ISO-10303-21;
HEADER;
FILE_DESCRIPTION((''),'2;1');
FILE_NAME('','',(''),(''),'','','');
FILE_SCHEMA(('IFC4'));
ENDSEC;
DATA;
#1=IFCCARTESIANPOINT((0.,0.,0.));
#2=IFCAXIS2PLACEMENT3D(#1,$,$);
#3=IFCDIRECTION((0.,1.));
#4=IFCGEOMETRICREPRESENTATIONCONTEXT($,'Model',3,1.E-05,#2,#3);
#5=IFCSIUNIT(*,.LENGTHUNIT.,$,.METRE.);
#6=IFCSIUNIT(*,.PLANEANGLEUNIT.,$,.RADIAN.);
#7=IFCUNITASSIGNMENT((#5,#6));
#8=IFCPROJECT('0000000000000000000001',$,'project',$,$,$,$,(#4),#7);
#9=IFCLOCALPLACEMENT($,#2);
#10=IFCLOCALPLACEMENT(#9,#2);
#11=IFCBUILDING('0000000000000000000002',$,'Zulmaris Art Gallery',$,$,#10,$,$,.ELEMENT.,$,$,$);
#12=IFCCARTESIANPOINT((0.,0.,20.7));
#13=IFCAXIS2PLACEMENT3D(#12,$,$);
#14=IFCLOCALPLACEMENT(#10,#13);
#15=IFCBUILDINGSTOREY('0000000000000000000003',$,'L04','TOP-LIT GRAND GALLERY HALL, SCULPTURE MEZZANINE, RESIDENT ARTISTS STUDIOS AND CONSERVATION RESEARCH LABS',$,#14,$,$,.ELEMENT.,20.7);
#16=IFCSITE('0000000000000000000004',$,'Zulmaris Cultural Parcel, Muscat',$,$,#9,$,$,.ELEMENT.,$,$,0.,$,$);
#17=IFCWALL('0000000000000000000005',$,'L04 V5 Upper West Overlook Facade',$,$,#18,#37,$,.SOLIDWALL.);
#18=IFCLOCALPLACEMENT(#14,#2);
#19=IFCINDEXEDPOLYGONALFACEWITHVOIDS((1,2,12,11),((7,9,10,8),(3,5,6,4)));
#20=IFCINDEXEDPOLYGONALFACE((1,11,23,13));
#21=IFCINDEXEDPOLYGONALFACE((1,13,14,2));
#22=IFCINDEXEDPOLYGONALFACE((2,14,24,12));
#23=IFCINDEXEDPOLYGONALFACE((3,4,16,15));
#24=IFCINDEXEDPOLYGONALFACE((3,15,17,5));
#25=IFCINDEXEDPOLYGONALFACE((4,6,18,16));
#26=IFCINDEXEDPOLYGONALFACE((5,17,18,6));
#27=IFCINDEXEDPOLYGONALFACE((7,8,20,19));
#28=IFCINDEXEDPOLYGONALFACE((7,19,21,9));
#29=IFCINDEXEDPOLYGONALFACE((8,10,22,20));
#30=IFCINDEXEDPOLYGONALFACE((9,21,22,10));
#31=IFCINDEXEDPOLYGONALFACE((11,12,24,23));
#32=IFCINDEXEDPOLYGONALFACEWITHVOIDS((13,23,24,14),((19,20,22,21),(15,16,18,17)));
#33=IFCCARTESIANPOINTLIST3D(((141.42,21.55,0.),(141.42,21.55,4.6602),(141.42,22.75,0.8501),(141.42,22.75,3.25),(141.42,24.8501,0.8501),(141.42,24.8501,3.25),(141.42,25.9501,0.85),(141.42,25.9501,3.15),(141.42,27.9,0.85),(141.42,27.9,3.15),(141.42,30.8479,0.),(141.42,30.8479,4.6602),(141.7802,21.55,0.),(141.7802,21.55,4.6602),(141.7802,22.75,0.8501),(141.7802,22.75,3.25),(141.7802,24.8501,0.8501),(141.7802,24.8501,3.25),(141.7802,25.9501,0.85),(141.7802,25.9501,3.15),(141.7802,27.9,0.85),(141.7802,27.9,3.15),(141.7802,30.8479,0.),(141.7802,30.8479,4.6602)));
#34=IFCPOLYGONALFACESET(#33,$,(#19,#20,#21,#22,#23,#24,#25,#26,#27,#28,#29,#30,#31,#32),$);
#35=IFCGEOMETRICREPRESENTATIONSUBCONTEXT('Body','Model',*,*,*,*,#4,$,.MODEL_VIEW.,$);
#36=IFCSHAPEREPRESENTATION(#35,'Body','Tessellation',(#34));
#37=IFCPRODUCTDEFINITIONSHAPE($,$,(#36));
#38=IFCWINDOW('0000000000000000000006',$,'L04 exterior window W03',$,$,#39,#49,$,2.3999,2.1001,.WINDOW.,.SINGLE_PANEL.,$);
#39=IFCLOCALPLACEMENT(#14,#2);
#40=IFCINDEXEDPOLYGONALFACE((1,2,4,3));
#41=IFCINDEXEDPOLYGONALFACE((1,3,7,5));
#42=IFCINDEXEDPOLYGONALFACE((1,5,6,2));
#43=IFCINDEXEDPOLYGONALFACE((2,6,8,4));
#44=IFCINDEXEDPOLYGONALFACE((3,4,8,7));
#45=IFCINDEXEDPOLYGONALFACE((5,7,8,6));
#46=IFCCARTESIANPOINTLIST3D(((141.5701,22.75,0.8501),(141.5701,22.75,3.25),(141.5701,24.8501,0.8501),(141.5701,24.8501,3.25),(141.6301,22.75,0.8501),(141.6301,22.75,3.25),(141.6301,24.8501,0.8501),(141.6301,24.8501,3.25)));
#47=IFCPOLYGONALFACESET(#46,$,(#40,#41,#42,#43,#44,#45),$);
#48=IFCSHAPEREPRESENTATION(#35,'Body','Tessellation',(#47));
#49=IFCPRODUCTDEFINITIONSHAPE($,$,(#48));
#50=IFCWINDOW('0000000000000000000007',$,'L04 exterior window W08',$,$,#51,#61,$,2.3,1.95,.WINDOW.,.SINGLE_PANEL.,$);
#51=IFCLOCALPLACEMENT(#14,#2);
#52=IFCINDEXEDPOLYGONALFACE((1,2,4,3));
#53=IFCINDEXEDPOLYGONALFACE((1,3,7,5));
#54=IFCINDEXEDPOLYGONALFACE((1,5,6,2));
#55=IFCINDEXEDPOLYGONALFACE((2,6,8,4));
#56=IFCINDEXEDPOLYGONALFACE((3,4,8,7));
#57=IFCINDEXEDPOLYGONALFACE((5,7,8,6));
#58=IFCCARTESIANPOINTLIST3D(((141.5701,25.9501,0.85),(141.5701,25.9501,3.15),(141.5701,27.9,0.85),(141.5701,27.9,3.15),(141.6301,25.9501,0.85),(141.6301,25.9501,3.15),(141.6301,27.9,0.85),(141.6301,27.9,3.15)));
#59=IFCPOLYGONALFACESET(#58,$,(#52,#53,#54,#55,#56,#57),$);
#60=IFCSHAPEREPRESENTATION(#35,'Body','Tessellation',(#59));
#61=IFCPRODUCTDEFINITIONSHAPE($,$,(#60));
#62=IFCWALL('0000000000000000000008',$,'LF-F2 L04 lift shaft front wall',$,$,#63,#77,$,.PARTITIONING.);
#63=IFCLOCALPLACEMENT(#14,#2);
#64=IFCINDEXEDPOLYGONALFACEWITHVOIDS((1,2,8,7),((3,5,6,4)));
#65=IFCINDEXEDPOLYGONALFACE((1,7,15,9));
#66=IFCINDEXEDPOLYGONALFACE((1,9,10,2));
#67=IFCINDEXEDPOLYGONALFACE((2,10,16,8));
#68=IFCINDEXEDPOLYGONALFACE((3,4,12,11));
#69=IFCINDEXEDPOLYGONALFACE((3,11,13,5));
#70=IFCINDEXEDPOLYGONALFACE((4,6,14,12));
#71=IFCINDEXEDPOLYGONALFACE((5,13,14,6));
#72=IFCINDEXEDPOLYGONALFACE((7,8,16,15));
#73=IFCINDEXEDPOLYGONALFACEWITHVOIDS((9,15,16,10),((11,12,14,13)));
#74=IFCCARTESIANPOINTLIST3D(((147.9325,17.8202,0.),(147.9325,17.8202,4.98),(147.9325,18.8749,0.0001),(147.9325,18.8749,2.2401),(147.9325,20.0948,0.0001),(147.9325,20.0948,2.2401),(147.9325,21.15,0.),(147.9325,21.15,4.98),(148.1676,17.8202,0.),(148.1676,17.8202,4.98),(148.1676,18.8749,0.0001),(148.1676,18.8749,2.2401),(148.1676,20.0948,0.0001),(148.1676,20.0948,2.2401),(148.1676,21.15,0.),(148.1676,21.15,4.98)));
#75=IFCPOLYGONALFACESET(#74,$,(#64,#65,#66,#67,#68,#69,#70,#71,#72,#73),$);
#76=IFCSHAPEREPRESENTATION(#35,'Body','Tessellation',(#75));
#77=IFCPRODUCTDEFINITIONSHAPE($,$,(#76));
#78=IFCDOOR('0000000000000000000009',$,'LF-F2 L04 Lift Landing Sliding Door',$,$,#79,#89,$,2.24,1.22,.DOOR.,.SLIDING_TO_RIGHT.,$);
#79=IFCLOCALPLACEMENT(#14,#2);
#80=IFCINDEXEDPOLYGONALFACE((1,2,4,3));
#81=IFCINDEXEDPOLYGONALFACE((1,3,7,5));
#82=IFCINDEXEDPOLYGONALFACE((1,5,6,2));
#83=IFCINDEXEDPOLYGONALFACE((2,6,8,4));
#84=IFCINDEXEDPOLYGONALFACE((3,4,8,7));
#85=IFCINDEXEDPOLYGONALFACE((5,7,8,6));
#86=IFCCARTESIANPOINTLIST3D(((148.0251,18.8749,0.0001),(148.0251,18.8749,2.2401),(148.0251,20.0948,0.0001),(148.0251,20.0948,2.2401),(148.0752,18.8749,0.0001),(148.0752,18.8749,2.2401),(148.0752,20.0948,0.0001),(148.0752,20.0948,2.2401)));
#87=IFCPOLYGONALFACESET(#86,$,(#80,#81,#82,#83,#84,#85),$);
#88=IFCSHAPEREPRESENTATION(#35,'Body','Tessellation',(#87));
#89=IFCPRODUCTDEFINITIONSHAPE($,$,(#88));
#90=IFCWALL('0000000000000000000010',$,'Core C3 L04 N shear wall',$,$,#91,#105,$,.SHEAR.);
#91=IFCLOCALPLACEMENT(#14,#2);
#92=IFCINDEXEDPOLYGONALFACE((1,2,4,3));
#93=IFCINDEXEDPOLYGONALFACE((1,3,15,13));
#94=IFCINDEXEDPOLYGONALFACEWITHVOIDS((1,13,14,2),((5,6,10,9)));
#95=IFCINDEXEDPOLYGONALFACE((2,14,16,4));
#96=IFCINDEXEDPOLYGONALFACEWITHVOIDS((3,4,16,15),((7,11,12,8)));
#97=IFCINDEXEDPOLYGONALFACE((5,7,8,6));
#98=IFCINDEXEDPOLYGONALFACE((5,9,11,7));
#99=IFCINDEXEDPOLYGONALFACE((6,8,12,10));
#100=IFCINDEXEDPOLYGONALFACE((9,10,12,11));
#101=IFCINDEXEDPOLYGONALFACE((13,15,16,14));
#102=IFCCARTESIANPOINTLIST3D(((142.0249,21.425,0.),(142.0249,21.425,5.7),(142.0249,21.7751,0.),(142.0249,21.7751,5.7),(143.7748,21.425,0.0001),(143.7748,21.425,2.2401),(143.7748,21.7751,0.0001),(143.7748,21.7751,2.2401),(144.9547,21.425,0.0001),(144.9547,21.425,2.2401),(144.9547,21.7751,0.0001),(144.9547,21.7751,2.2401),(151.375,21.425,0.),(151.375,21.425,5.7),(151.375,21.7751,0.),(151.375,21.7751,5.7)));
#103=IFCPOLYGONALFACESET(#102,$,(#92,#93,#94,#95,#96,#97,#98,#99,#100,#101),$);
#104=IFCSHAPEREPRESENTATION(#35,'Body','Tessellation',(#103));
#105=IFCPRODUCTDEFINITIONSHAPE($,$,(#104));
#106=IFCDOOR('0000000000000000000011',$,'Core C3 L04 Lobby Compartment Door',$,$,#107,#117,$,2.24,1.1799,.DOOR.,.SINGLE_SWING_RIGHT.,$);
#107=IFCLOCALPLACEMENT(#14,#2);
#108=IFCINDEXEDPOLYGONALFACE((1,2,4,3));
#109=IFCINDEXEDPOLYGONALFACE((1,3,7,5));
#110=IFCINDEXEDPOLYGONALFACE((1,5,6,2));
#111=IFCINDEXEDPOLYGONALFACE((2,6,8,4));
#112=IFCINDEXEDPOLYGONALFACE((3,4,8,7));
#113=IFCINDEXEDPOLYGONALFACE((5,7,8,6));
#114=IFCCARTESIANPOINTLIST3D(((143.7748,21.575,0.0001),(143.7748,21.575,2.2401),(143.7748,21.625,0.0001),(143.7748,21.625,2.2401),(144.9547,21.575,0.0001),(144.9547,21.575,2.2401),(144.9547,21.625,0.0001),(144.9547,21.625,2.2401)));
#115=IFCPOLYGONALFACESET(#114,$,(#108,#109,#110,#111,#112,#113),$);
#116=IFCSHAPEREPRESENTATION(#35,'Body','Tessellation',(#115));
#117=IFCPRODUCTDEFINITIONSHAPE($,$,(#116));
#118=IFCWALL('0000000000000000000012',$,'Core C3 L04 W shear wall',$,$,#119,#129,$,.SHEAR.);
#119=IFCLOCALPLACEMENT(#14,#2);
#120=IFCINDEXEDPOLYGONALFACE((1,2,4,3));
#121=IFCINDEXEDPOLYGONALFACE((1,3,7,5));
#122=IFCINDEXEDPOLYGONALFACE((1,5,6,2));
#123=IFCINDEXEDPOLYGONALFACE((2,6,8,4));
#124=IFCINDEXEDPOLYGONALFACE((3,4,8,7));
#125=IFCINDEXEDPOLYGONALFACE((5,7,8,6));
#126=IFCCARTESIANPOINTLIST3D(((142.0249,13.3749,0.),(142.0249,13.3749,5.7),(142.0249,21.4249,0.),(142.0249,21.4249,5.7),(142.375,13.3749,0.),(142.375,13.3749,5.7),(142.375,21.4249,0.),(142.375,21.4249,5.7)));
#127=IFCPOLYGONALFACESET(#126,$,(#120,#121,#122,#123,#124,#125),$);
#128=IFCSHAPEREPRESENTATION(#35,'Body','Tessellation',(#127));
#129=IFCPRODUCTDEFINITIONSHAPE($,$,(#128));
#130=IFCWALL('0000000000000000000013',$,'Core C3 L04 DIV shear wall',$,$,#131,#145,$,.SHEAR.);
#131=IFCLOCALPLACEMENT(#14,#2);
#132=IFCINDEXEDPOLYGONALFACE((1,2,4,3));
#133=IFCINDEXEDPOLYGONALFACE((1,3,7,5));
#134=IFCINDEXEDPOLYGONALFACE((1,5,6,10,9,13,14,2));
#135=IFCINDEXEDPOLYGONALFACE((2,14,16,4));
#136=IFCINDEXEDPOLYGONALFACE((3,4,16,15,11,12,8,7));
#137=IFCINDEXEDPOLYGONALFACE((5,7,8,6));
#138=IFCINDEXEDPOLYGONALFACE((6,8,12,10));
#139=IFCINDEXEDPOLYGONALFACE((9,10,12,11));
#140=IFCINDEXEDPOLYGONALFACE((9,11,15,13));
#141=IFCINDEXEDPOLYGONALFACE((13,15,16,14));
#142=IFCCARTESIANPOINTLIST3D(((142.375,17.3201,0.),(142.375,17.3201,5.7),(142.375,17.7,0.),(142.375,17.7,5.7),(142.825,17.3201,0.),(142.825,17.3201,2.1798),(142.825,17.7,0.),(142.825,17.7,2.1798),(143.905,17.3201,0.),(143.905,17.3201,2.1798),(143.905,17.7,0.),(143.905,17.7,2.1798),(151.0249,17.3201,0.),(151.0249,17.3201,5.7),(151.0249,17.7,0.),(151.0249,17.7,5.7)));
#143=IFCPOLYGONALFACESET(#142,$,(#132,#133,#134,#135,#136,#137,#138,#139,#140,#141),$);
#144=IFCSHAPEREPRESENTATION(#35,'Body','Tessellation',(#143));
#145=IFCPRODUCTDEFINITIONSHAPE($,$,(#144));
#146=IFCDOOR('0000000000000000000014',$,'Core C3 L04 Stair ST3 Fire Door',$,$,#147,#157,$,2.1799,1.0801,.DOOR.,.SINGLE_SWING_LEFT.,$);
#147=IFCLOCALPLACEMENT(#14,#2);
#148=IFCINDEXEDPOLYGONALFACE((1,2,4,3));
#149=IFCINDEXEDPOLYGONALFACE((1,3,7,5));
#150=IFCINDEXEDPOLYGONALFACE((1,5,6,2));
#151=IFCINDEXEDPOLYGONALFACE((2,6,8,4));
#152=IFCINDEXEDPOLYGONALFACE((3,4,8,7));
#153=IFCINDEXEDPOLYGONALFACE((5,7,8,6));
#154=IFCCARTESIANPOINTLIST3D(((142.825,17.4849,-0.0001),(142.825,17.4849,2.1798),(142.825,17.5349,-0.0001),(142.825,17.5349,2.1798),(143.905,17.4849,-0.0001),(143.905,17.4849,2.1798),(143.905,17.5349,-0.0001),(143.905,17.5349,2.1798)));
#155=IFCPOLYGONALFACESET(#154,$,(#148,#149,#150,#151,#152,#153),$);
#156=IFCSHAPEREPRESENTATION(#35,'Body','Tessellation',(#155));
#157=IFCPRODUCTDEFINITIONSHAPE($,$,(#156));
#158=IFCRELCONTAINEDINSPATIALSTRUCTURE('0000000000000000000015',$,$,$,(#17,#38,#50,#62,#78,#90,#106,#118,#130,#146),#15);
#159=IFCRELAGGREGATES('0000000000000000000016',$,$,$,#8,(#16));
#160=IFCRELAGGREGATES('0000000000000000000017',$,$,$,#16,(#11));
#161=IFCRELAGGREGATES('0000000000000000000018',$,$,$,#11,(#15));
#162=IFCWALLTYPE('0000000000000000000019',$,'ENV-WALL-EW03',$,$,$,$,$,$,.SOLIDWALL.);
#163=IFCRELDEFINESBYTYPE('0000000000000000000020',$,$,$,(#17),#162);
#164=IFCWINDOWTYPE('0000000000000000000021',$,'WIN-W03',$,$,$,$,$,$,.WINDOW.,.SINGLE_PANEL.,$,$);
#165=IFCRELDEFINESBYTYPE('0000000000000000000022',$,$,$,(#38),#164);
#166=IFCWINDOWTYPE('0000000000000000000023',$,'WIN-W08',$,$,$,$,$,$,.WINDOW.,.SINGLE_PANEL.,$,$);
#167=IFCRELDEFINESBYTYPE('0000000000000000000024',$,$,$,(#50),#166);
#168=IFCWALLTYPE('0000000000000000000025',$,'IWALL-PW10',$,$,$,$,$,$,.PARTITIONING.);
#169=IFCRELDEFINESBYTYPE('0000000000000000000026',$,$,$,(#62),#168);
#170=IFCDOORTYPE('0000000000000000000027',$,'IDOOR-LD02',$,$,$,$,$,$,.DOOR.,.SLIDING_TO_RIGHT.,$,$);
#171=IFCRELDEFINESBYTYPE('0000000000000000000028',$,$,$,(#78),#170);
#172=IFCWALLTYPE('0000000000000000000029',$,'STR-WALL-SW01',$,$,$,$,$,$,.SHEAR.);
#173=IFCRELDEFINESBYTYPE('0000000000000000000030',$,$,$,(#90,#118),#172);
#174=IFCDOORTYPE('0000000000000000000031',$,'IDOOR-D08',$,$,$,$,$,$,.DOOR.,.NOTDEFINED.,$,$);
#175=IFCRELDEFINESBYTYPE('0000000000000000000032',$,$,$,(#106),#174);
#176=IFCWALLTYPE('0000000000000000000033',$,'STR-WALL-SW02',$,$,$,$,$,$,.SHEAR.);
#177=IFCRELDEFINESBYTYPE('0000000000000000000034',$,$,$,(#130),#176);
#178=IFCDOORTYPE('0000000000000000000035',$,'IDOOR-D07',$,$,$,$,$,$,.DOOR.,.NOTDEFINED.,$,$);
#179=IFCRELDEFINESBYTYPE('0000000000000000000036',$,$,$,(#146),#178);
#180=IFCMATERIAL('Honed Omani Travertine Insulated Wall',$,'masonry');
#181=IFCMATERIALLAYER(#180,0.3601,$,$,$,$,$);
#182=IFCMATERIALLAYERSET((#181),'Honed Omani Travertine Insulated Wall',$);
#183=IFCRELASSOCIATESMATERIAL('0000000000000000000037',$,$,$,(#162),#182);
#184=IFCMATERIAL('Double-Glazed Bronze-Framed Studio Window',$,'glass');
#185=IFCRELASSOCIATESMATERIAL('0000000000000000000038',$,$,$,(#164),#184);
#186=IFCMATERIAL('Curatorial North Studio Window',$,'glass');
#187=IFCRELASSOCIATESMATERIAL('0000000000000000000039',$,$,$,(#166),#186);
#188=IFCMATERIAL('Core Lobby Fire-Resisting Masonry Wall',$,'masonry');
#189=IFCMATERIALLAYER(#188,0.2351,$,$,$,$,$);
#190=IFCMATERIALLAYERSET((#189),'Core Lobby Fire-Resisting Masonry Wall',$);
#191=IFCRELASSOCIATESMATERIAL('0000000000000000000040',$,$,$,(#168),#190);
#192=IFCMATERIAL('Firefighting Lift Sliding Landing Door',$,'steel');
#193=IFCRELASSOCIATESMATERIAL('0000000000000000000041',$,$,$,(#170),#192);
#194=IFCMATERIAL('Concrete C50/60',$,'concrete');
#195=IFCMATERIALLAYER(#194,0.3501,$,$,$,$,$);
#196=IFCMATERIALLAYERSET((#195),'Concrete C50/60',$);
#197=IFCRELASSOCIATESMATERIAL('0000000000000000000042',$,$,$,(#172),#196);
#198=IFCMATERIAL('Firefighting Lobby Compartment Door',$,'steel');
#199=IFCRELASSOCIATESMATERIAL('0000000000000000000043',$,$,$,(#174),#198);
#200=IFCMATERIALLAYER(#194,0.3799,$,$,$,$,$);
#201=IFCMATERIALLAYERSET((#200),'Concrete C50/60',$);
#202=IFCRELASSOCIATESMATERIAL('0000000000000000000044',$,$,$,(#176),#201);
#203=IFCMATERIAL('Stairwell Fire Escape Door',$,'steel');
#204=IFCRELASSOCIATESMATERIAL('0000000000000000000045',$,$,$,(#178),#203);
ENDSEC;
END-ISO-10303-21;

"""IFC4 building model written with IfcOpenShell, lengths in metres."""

from ifc_helpers import new_model, si_unit, direction, frame, frame_2d, origin, place, context, subcontext, project, spatial, rectangle, extrude, material, layer, layer_set, type_object, element, fill, save


model = new_model("IFC4")

# Units and contexts
model_context = context("Model", 3, precision=1e-05, world=origin(), true_north=direction((0.0, 1.0)))
body_context = subcontext(model_context, "Body", "Model", "MODEL_VIEW")
ifc_project = project(units=[si_unit("LENGTHUNIT", "METRE"), si_unit("PLANEANGLEUNIT", "RADIAN")], contexts=[model_context])

# Site, building, storey
site_placement = place(None, origin())
site = spatial("IfcSite", under=ifc_project, at=site_placement, Name="Zulmaris Cultural Parcel, Muscat", CompositionType="ELEMENT", RefElevation=0.0)
building_placement = place(site_placement, origin())
building = spatial("IfcBuilding", under=site, at=building_placement, Name="Zulmaris Art Gallery", CompositionType="ELEMENT")
storey_placement = place(building_placement, frame((0.0, 0.0, 20.7)))
storey = spatial("IfcBuildingStorey", under=building, at=storey_placement, Name="L04", Description="TOP-LIT GRAND GALLERY HALL, SCULPTURE MEZZANINE, RESIDENT ARTISTS STUDIOS AND CONSERVATION RESEARCH LABS", CompositionType="ELEMENT", Elevation=20.7)

# Wall, openings, windows
ifc_material_1 = material(Name="Honed Omani Travertine Insulated Wall", Category="masonry")
ifc_layer_1 = layer(ifc_material_1, 0.3601)
ifc_layer_set_1 = layer_set([ifc_layer_1], Name="Honed Omani Travertine Insulated Wall")
wall_type_1 = type_object("IfcWallType", Name="ENV-WALL-EW03", PredefinedType="SOLIDWALL", material=ifc_layer_set_1)
wall_1_placement = place(storey_placement, frame((141.6001, 21.55, 0.0), z_axis=(0.0, 0.0, 1.0), x_axis=(0.0, 1.0, 0.0)))
wall_1 = element("IfcWall", 1, at=wall_1_placement, inside=storey, type_object=wall_type_1, Name="L04 V5 Upper West Overlook Facade", PredefinedType="SOLIDWALL", context=body_context, shape_type="SweptSolid", body=[
    extrude(rectangle(XDim=9.2979, YDim=0.3601, at=frame_2d((4.6489, 0.0))), origin(), (0.0, 0.0, 1.0), 4.6602),
])
opening_1_placement = place(wall_1_placement, frame((1.2, 0.0, 0.8501)))
opening_1 = element("IfcOpeningElement", 2, at=opening_1_placement, cuts=wall_1, PredefinedType="OPENING", context=body_context, shape_type="SweptSolid", body=[
    extrude(rectangle(XDim=2.1001, YDim=2.3999, at=frame_2d((1.05, 1.2))), frame((0.0, 0.1899, 0.0), z_axis=(0.0, -1.0, 0.0), x_axis=(1.0, 0.0, 0.0)), (0.0, 0.0, 1.0), 0.3801),
])
opening_2_placement = place(wall_1_placement, frame((4.3999, 0.0, 0.8501)))
opening_2 = element("IfcOpeningElement", 3, at=opening_2_placement, cuts=wall_1, PredefinedType="OPENING", context=body_context, shape_type="SweptSolid", body=[
    extrude(rectangle(XDim=1.95, YDim=2.3, at=frame_2d((0.9751, 1.1499))), frame((0.0, 0.1899, 0.0), z_axis=(0.0, -1.0, 0.0), x_axis=(1.0, 0.0, 0.0)), (0.0, 0.0, 1.0), 0.3801),
])
ifc_material_2 = material(Name="Double-Glazed Bronze-Framed Studio Window", Category="glass")
window_type_1 = type_object("IfcWindowType", Name="WIN-W03", PartitioningType="SINGLE_PANEL", PredefinedType="WINDOW", material=ifc_material_2)
window_1_placement = place(opening_1_placement, origin())
window_1 = element("IfcWindow", 4, at=window_1_placement, inside=storey, type_object=window_type_1, Name="L04 exterior window W03", OverallHeight=2.3999, OverallWidth=2.1001, PartitioningType="SINGLE_PANEL", PredefinedType="WINDOW", context=body_context, shape_type="SweptSolid", body=[
    extrude(rectangle(XDim=2.1001, YDim=2.3999, at=frame_2d((1.05, 1.2))), frame((0.0, 0.03, 0.0), z_axis=(0.0, -1.0, 0.0), x_axis=(1.0, 0.0, 0.0)), (0.0, 0.0, 1.0), 0.0601),
])
fill(opening_1, window_1)
ifc_material_3 = material(Name="Curatorial North Studio Window", Category="glass")
window_type_2 = type_object("IfcWindowType", Name="WIN-W08", PartitioningType="SINGLE_PANEL", PredefinedType="WINDOW", material=ifc_material_3)
window_2_placement = place(opening_2_placement, origin())
window_2 = element("IfcWindow", 5, at=window_2_placement, inside=storey, type_object=window_type_2, Name="L04 exterior window W08", OverallHeight=2.3, OverallWidth=1.95, PartitioningType="SINGLE_PANEL", PredefinedType="WINDOW", context=body_context, shape_type="SweptSolid", body=[
    extrude(rectangle(XDim=1.95, YDim=2.3, at=frame_2d((0.9751, 1.1499))), frame((0.0, 0.03, 0.0), z_axis=(0.0, -1.0, 0.0), x_axis=(1.0, 0.0, 0.0)), (0.0, 0.0, 1.0), 0.0601),
])
fill(opening_2, window_2)

# Walls, openings, doors
ifc_material_4 = material(Name="Core Lobby Fire-Resisting Masonry Wall", Category="masonry")
ifc_layer_2 = layer(ifc_material_4, 0.2351)
ifc_layer_set_2 = layer_set([ifc_layer_2], Name="Core Lobby Fire-Resisting Masonry Wall")
wall_type_2 = type_object("IfcWallType", Name="IWALL-PW10", PredefinedType="PARTITIONING", material=ifc_layer_set_2)
wall_2_placement = place(storey_placement, frame((148.05, 17.8201, 0.0), z_axis=(0.0, 0.0, 1.0), x_axis=(0.0, 1.0, 0.0)))
wall_2 = element("IfcWall", 6, at=wall_2_placement, inside=storey, type_object=wall_type_2, Name="LF-F2 L04 lift shaft front wall", PredefinedType="PARTITIONING", context=body_context, shape_type="SweptSolid", body=[
    extrude(rectangle(XDim=3.3298, YDim=0.2351, at=frame_2d((1.665, 0.0))), origin(), (0.0, 0.0, 1.0), 4.98),
])
opening_3_placement = place(wall_2_placement, frame((1.0549, 0.0, 0.0)))
opening_3 = element("IfcOpeningElement", 7, at=opening_3_placement, cuts=wall_2, PredefinedType="OPENING", context=body_context, shape_type="SweptSolid", body=[
    extrude(rectangle(XDim=1.22, YDim=2.24, at=frame_2d((0.6099, 1.1201))), frame((0.0, 0.1274, 0.0), z_axis=(0.0, -1.0, 0.0), x_axis=(1.0, 0.0, 0.0)), (0.0, 0.0, 1.0), 0.2551),
])
ifc_material_5 = material(Name="Firefighting Lift Sliding Landing Door", Category="steel")
door_type_1 = type_object("IfcDoorType", Name="IDOOR-LD02", OperationType="SLIDING_TO_RIGHT", PredefinedType="DOOR", material=ifc_material_5)
door_1_placement = place(opening_3_placement, origin())
door_1 = element("IfcDoor", 8, at=door_1_placement, inside=storey, type_object=door_type_1, Name="LF-F2 L04 Lift Landing Sliding Door", OperationType="SLIDING_TO_RIGHT", OverallHeight=2.24, OverallWidth=1.22, PredefinedType="DOOR", context=body_context, shape_type="SweptSolid", body=[
    extrude(rectangle(XDim=1.22, YDim=2.24, at=frame_2d((0.6099, 1.1201))), frame((0.0, 0.0249, 0.0), z_axis=(0.0, -1.0, 0.0), x_axis=(1.0, 0.0, 0.0)), (0.0, 0.0, 1.0), 0.05),
])
fill(opening_3, door_1)
ifc_material_6 = material(Name="Concrete C50/60", Category="concrete")
ifc_layer_3 = layer(ifc_material_6, 0.3501)
ifc_layer_set_3 = layer_set([ifc_layer_3], Name="Concrete C50/60")
wall_type_3 = type_object("IfcWallType", Name="STR-WALL-SW01", PredefinedType="SHEAR", material=ifc_layer_set_3)
wall_3_placement = place(storey_placement, frame((142.0249, 21.6001, 0.0), z_axis=(0.0, 0.0, 1.0), x_axis=(1.0, 0.0, 0.0)))
wall_3 = element("IfcWall", 9, at=wall_3_placement, inside=storey, type_object=wall_type_3, Name="Core C3 L04 N shear wall", PredefinedType="SHEAR", context=body_context, shape_type="SweptSolid", body=[
    extrude(rectangle(XDim=9.3501, YDim=0.3501, at=frame_2d((4.675, 0.0))), origin(), (0.0, 0.0, 1.0), 5.7),
])
opening_4_placement = place(wall_3_placement, frame((1.75, 0.0, 0.0)))
opening_4 = element("IfcOpeningElement", 10, at=opening_4_placement, cuts=wall_3, PredefinedType="OPENING", context=body_context, shape_type="SweptSolid", body=[
    extrude(rectangle(XDim=1.1799, YDim=2.24, at=frame_2d((0.5898, 1.1201))), frame((0.0, 0.1851, 0.0), z_axis=(0.0, -1.0, 0.0), x_axis=(1.0, 0.0, 0.0)), (0.0, 0.0, 1.0), 0.3701),
])
ifc_material_7 = material(Name="Firefighting Lobby Compartment Door", Category="steel")
door_type_2 = type_object("IfcDoorType", Name="IDOOR-D08", OperationType="NOTDEFINED", PredefinedType="DOOR", material=ifc_material_7)
door_2_placement = place(opening_4_placement, origin())
door_2 = element("IfcDoor", 11, at=door_2_placement, inside=storey, type_object=door_type_2, Name="Core C3 L04 Lobby Compartment Door", OperationType="SINGLE_SWING_RIGHT", OverallHeight=2.24, OverallWidth=1.1799, PredefinedType="DOOR", context=body_context, shape_type="SweptSolid", body=[
    extrude(rectangle(XDim=1.1799, YDim=2.24, at=frame_2d((0.5898, 1.1201))), frame((0.0, 0.0249, 0.0), z_axis=(0.0, -1.0, 0.0), x_axis=(1.0, 0.0, 0.0)), (0.0, 0.0, 1.0), 0.05),
])
fill(opening_4, door_2)

# Wall
wall_4_placement = place(storey_placement, frame((142.2, 13.375, 0.0), z_axis=(0.0, 0.0, 1.0), x_axis=(0.0, 1.0, 0.0)))
element("IfcWall", 12, at=wall_4_placement, inside=storey, type_object=wall_type_3, Name="Core C3 L04 W shear wall", PredefinedType="SHEAR", context=body_context, shape_type="SweptSolid", body=[
    extrude(rectangle(XDim=8.05, YDim=0.3501, at=frame_2d((4.0249, 0.0))), origin(), (0.0, 0.0, 1.0), 5.7),
])

# Wall, opening, door
ifc_layer_4 = layer(ifc_material_6, 0.3799)
ifc_layer_set_4 = layer_set([ifc_layer_4], Name="Concrete C50/60")
wall_type_4 = type_object("IfcWallType", Name="STR-WALL-SW02", PredefinedType="SHEAR", material=ifc_layer_set_4)
wall_5_placement = place(storey_placement, frame((142.375, 17.51, 0.0), z_axis=(0.0, 0.0, 1.0), x_axis=(1.0, 0.0, 0.0)))
wall_5 = element("IfcWall", 13, at=wall_5_placement, inside=storey, type_object=wall_type_4, Name="Core C3 L04 DIV shear wall", PredefinedType="SHEAR", context=body_context, shape_type="SweptSolid", body=[
    extrude(rectangle(XDim=8.6499, YDim=0.3799, at=frame_2d((4.325, 0.0))), origin(), (0.0, 0.0, 1.0), 5.7),
])
opening_5_placement = place(wall_5_placement, frame((0.45, 0.0, 0.0)))
opening_5 = element("IfcOpeningElement", 14, at=opening_5_placement, cuts=wall_5, PredefinedType="OPENING", context=body_context, shape_type="SweptSolid", body=[
    extrude(rectangle(XDim=1.0801, YDim=2.1799, at=frame_2d((0.54, 1.0898))), frame((0.0, 0.2, 0.0), z_axis=(0.0, -1.0, 0.0), x_axis=(1.0, 0.0, 0.0)), (0.0, 0.0, 1.0), 0.3999),
])
ifc_material_8 = material(Name="Stairwell Fire Escape Door", Category="steel")
door_type_3 = type_object("IfcDoorType", Name="IDOOR-D07", OperationType="NOTDEFINED", PredefinedType="DOOR", material=ifc_material_8)
door_3_placement = place(opening_5_placement, origin())
door_3 = element("IfcDoor", 15, at=door_3_placement, inside=storey, type_object=door_type_3, Name="Core C3 L04 Stair ST3 Fire Door", OperationType="SINGLE_SWING_LEFT", OverallHeight=2.1799, OverallWidth=1.0801, PredefinedType="DOOR", context=body_context, shape_type="SweptSolid", body=[
    extrude(rectangle(XDim=1.0801, YDim=2.1799, at=frame_2d((0.54, 1.0898))), frame((0.0, 0.0249, 0.0), z_axis=(0.0, -1.0, 0.0), x_axis=(1.0, 0.0, 0.0)), (0.0, 0.0, 1.0), 0.05),
])
fill(opening_5, door_3)

save(model, "model.ifc")
